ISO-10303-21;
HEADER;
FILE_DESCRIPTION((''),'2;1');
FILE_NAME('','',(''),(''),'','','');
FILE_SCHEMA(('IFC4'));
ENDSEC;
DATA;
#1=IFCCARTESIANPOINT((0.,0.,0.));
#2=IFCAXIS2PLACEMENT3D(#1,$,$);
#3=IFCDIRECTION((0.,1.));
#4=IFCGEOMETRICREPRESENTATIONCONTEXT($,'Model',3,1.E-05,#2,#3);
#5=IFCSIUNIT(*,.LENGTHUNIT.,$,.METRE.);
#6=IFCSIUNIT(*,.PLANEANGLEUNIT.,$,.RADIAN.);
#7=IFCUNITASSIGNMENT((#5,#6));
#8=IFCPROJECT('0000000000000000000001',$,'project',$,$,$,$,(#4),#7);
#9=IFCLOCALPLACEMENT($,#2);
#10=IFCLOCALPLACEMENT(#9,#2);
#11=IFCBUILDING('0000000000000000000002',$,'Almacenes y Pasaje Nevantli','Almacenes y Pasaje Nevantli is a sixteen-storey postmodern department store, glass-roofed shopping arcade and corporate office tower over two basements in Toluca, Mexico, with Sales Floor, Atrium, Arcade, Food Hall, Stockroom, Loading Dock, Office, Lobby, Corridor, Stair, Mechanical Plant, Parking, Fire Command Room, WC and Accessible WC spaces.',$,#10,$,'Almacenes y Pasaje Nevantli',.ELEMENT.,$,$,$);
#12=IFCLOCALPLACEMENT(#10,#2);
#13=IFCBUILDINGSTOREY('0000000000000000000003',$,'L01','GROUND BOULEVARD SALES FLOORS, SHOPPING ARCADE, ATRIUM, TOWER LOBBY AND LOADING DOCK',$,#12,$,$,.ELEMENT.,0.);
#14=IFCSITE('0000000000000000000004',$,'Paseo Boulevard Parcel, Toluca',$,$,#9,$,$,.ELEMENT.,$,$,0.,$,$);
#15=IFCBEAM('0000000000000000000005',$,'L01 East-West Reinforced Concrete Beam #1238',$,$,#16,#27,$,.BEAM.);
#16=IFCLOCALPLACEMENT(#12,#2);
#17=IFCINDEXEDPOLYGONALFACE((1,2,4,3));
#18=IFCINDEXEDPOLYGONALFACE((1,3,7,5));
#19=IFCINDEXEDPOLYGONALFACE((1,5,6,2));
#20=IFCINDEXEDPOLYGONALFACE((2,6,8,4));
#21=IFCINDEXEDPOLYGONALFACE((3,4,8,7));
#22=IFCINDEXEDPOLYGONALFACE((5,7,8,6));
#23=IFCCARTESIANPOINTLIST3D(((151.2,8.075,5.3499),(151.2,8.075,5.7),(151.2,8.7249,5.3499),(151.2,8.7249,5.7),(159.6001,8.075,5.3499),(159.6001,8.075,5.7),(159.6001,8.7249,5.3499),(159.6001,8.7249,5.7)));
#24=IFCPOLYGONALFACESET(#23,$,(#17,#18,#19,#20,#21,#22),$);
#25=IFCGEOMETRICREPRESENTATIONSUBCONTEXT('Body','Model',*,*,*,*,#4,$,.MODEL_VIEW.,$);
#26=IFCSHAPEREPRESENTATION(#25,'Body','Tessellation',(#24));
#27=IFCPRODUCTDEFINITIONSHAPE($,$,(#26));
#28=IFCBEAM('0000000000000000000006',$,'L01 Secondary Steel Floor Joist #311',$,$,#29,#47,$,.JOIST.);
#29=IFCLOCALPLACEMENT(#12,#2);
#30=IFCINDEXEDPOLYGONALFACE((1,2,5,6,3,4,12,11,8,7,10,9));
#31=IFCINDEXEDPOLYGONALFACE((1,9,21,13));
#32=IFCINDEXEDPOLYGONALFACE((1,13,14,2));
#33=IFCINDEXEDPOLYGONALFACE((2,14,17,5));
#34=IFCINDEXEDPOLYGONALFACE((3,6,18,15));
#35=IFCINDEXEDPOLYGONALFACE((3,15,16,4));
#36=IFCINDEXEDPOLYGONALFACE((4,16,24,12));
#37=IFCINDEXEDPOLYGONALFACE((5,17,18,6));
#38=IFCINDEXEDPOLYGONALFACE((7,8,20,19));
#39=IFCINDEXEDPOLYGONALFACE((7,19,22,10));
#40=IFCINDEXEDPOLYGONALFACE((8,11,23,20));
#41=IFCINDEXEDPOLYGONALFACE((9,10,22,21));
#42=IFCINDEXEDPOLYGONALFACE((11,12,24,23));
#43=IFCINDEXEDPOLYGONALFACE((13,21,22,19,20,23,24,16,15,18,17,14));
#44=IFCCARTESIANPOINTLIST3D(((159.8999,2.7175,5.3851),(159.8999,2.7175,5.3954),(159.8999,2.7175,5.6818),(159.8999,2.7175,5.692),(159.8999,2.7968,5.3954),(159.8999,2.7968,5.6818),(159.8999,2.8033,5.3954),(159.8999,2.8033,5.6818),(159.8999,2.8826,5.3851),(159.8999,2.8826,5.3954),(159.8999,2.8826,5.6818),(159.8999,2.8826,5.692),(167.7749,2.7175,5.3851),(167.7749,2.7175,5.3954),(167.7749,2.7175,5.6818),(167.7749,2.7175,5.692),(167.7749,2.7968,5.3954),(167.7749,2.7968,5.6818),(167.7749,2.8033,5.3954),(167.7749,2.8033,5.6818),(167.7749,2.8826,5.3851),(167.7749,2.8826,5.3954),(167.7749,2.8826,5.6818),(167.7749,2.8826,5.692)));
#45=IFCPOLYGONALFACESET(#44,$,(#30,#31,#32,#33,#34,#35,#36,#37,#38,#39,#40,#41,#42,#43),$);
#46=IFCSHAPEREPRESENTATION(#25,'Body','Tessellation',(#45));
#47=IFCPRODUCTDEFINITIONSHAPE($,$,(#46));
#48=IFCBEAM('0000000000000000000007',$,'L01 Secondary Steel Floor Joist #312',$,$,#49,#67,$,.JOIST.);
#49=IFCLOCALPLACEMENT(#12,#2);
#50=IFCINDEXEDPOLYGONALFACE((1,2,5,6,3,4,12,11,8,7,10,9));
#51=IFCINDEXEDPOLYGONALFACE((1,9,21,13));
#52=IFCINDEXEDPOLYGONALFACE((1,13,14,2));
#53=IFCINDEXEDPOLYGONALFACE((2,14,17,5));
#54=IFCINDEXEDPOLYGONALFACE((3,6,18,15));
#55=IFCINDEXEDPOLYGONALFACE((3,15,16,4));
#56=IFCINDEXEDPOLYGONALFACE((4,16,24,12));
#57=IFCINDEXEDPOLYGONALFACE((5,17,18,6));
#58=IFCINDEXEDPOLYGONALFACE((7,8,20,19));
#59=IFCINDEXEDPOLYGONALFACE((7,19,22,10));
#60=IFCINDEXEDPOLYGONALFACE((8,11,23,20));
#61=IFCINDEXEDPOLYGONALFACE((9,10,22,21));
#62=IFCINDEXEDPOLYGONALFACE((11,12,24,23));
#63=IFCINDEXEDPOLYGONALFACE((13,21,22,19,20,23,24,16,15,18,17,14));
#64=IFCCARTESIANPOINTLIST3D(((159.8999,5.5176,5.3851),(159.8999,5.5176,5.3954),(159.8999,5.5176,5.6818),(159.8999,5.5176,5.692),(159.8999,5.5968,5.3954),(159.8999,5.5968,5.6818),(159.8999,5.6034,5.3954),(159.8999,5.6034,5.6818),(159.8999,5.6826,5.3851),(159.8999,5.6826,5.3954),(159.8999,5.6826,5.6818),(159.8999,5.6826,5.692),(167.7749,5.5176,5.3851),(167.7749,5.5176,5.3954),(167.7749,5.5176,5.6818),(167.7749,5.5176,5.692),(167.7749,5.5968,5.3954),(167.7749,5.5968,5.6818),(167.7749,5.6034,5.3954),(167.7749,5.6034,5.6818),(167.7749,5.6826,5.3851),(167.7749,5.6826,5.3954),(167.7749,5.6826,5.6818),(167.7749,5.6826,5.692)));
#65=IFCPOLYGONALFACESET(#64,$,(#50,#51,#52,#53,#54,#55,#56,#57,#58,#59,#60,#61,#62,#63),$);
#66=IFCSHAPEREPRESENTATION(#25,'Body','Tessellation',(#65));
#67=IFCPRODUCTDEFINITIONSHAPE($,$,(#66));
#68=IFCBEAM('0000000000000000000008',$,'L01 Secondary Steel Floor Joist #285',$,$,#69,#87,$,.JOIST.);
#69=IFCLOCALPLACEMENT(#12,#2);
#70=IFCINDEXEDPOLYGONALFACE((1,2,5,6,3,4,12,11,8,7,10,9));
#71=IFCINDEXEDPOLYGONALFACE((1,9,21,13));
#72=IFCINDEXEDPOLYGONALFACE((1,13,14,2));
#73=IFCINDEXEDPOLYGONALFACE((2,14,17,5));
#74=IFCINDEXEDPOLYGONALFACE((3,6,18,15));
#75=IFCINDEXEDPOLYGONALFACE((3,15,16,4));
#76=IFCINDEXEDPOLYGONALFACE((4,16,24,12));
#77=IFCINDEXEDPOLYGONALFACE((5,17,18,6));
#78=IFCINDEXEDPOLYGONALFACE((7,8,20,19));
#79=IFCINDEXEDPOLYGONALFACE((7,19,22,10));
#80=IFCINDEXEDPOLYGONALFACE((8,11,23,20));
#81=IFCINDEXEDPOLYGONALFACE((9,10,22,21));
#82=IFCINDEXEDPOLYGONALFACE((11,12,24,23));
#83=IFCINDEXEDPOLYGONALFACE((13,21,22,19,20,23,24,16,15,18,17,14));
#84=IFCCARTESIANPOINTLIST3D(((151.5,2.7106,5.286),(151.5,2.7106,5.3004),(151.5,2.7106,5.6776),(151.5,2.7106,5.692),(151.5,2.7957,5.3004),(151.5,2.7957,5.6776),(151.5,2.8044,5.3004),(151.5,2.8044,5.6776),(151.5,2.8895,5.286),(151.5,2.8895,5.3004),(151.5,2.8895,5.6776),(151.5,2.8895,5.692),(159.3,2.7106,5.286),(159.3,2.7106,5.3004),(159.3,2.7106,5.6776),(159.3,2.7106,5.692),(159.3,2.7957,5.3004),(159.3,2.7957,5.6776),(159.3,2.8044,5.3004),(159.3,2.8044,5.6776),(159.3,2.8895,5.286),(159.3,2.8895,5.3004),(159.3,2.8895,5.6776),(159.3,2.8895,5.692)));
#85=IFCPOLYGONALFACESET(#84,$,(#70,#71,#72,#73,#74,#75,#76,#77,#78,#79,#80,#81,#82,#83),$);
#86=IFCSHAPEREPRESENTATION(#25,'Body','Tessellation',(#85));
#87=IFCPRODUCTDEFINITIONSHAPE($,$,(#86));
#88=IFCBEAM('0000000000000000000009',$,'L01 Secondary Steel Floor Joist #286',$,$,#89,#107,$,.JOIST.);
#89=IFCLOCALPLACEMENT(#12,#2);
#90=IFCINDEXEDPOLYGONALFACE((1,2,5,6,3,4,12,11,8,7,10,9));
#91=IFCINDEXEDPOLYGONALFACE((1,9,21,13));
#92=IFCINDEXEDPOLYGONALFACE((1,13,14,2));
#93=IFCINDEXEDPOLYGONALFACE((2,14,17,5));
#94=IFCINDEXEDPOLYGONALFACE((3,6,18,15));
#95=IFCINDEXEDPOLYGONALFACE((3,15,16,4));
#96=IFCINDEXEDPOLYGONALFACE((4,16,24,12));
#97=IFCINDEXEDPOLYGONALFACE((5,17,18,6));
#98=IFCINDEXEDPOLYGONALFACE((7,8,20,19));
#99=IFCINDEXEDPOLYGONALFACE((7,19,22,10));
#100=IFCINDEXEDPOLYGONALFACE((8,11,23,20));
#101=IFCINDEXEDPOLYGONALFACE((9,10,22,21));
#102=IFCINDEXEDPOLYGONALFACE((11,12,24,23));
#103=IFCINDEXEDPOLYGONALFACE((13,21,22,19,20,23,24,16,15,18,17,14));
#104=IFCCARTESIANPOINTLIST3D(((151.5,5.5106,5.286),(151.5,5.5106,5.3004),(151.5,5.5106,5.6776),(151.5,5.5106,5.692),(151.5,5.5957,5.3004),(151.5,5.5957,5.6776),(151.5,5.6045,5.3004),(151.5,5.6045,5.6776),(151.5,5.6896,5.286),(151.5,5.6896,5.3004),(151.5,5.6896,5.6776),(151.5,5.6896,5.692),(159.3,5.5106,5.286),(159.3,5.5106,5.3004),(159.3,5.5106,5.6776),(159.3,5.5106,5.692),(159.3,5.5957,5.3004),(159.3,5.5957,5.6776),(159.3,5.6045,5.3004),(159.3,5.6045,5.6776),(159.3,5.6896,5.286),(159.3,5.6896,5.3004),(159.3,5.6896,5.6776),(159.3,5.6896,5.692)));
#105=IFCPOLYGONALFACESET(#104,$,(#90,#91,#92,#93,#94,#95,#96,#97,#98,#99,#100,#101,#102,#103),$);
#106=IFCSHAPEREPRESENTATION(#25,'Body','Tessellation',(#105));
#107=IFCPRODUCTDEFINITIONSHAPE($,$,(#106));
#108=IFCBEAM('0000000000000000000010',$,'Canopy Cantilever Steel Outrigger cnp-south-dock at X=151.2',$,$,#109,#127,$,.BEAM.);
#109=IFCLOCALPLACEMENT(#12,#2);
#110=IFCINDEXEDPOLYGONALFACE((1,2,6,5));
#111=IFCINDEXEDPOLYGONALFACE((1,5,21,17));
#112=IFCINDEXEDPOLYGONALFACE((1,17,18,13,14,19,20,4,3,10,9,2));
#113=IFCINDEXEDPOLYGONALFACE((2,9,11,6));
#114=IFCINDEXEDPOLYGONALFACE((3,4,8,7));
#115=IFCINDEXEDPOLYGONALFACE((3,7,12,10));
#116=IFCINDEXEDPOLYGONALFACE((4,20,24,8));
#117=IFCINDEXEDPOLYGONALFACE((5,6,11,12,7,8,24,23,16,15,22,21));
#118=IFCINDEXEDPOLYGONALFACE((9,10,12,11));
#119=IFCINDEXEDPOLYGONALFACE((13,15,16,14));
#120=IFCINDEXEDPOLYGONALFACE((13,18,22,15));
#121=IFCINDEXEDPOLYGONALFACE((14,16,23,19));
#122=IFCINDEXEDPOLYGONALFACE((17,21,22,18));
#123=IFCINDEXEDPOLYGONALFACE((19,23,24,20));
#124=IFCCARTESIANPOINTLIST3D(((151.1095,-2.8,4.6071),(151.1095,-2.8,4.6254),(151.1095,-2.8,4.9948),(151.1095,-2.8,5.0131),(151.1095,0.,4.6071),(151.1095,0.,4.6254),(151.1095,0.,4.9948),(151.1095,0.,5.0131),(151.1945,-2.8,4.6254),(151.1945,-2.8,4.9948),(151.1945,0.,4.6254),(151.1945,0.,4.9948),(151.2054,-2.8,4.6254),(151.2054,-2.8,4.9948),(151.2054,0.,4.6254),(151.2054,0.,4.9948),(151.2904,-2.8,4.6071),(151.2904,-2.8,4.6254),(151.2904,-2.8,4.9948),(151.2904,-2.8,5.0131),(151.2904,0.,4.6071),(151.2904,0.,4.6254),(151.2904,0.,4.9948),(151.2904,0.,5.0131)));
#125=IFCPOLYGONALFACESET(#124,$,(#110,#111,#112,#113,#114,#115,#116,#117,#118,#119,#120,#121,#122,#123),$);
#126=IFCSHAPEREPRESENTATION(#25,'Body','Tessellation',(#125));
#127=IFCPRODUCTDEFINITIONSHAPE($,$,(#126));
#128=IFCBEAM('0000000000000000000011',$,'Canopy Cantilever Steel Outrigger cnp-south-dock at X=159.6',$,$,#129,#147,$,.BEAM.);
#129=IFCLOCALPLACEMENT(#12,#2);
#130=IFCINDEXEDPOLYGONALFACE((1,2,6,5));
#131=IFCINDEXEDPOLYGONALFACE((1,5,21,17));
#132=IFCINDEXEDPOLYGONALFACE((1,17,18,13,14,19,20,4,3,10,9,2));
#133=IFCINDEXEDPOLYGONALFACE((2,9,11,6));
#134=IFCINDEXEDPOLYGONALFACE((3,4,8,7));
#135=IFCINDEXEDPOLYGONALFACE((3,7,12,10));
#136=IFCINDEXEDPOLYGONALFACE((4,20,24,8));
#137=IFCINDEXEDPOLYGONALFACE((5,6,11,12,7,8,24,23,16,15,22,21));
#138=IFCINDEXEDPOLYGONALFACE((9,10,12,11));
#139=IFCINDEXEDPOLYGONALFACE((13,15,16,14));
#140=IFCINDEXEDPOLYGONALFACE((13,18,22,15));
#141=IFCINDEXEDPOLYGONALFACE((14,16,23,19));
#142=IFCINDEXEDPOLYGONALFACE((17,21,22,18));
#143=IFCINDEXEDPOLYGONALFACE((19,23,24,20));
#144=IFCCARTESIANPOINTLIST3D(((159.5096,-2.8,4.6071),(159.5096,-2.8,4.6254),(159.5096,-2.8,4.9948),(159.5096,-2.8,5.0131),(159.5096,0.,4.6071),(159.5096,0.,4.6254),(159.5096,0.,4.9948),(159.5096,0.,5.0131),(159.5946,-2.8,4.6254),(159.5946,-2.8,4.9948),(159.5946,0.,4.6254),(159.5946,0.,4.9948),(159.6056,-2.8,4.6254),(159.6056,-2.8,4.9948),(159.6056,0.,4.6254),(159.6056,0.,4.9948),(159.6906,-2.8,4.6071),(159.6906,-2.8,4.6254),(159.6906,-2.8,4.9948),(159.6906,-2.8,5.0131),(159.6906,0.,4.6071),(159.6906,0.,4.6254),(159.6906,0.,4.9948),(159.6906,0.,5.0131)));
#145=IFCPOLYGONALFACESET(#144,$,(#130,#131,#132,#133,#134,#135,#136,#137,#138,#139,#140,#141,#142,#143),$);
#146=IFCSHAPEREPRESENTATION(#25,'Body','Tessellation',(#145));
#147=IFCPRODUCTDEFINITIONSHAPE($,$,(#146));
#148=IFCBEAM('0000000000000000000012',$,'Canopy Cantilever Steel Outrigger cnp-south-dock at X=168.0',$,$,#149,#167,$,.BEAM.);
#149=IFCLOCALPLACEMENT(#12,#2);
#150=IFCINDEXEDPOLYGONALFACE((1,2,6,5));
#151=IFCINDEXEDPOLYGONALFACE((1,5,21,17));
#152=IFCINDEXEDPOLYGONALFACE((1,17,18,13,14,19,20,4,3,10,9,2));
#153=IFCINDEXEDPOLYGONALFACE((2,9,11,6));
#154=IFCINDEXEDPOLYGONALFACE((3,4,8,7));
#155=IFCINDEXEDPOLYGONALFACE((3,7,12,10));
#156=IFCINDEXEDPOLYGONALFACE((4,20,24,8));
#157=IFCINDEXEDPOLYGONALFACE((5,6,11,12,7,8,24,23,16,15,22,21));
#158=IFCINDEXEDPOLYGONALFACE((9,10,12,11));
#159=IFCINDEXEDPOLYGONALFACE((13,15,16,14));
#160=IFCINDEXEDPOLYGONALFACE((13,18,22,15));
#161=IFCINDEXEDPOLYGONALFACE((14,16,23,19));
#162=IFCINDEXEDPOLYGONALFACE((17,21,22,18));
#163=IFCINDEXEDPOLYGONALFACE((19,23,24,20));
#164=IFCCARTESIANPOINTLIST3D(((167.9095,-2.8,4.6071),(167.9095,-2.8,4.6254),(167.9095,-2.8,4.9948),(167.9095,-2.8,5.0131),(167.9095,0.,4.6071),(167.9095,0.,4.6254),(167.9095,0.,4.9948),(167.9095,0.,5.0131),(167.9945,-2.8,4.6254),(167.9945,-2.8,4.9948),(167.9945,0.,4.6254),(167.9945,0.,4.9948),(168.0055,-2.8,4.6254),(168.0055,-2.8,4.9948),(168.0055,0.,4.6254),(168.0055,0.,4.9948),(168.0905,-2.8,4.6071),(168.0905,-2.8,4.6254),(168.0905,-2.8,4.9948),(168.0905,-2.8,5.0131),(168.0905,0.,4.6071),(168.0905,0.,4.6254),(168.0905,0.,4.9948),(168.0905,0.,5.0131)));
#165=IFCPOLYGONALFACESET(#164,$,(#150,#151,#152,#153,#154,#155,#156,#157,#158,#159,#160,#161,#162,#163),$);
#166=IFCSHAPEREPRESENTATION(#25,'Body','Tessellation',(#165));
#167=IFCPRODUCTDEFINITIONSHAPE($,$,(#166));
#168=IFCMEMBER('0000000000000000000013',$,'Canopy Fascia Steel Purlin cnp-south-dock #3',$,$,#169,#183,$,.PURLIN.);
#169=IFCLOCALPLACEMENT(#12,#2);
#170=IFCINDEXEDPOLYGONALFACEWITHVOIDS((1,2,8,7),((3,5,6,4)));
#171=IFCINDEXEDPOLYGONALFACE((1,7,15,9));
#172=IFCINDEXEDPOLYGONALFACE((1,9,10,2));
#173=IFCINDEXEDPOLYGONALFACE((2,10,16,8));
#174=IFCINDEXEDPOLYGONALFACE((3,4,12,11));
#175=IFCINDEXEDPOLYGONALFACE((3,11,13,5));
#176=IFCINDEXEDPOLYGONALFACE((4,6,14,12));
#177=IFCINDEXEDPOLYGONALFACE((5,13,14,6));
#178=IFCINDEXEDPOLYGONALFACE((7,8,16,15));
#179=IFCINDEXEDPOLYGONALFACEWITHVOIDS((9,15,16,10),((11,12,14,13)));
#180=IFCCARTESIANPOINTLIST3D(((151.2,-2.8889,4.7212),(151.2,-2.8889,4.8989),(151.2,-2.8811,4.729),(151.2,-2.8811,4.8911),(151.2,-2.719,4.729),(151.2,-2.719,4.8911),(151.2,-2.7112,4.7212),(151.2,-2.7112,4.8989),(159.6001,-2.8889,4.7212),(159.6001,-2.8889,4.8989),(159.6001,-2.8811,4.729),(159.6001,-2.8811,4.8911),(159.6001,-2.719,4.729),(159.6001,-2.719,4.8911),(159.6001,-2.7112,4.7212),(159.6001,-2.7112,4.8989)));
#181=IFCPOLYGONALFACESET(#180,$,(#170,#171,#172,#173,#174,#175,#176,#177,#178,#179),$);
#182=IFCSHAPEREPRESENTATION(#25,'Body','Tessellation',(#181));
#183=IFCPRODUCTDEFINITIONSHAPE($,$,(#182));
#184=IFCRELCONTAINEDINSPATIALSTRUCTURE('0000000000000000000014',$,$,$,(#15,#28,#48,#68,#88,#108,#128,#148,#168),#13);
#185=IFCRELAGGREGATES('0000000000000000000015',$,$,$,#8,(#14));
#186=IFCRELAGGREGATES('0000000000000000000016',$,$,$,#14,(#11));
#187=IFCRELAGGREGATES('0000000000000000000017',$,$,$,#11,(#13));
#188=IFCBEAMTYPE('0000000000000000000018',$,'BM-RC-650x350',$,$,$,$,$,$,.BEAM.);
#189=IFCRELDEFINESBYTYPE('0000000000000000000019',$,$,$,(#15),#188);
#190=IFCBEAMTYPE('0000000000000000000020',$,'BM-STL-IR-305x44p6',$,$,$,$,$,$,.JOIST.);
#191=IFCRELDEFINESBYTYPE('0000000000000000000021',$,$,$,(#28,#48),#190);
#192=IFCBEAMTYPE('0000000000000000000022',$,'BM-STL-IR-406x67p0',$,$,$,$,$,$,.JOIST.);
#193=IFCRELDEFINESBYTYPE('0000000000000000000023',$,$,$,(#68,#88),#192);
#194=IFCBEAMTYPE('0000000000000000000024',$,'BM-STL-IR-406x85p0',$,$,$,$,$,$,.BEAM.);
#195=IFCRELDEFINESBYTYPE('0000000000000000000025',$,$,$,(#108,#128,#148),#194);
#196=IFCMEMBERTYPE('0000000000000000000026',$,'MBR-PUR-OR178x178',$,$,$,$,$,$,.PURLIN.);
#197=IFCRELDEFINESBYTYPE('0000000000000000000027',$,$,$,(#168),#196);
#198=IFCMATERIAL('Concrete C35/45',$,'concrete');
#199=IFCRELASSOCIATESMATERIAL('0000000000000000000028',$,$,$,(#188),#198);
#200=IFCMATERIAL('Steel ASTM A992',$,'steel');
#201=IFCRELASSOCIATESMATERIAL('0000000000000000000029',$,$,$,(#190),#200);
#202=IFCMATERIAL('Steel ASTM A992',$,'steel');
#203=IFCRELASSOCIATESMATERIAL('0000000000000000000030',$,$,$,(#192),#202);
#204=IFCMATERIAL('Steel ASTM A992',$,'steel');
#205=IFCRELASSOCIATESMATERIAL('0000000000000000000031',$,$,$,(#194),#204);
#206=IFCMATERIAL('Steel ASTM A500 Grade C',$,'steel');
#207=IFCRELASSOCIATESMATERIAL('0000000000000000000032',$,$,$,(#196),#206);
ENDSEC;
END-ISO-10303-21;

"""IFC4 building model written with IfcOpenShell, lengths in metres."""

from ifc_helpers import new_model, si_unit, direction, frame, origin, origin_2d, place, context, subcontext, project, spatial, rectangle, hollow_rectangle, i_section, extrude, material, material_profile, profile_set, type_object, element, save


model = new_model("IFC4")

# Units and contexts
model_context = context("Model", 3, precision=1e-05, world=origin(), true_north=direction((0.0, 1.0)))
body_context = subcontext(model_context, "Body", "Model", "MODEL_VIEW")
ifc_project = project(units=[si_unit("LENGTHUNIT", "METRE"), si_unit("PLANEANGLEUNIT", "RADIAN")], contexts=[model_context])

# Site, building, storey
site_placement = place(None, origin())
site = spatial("IfcSite", under=ifc_project, at=site_placement, Name="Paseo Boulevard Parcel, Toluca", CompositionType="ELEMENT", RefElevation=0.0)
building_placement = place(site_placement, origin())
building = spatial("IfcBuilding", under=site, at=building_placement, Name="Almacenes y Pasaje Nevantli", Description="Almacenes y Pasaje Nevantli is a sixteen-storey postmodern department store, glass-roofed shopping arcade and corporate office tower over two basements in Toluca, Mexico, with Sales Floor, Atrium, Arcade, Food Hall, Stockroom, Loading Dock, Office, Lobby, Corridor, Stair, Mechanical Plant, Parking, Fire Command Room, WC and Accessible WC spaces.", LongName="Almacenes y Pasaje Nevantli", CompositionType="ELEMENT")
storey_placement = place(building_placement, origin())
storey = spatial("IfcBuildingStorey", under=building, at=storey_placement, Name="L01", Description="GROUND BOULEVARD SALES FLOORS, SHOPPING ARCADE, ATRIUM, TOWER LOBBY AND LOADING DOCK", CompositionType="ELEMENT", Elevation=0.0)

# Beams
ifc_material_1 = material(Name="Concrete C35/45", Category="concrete")
ifc_material_profile_1 = material_profile(ifc_material_1, rectangle(XDim=0.6499, YDim=0.3501, at=origin_2d()), Name="RC-BM-650x350")
ifc_profile_set_1 = profile_set([ifc_material_profile_1], Name="Concrete C35/45")
beam_type_1 = type_object("IfcBeamType", Name="BM-RC-650x350", PredefinedType="BEAM", material=ifc_profile_set_1)
beam_1_placement = place(storey_placement, frame((151.2, 8.3999, 5.5249), z_axis=(1.0, 0.0, 0.0), x_axis=(0.0, 1.0, 0.0)))
element("IfcBeam", 1, at=beam_1_placement, inside=storey, type_object=beam_type_1, Name="L01 East-West Reinforced Concrete Beam #1238", PredefinedType="BEAM", context=body_context, shape_type="SweptSolid", body=[
    extrude(rectangle(XDim=0.6499, YDim=0.3501, at=origin_2d()), origin(), (0.0, 0.0, 1.0), 8.4001),
])
ifc_material_2 = material(Name="Steel ASTM A992", Category="steel")
ifc_material_profile_2 = material_profile(ifc_material_2, i_section(OverallWidth=0.165, OverallDepth=0.3069, WebThickness=0.0066, FlangeThickness=0.0103, at=origin_2d()), Name="IR 305x44.6")
ifc_profile_set_2 = profile_set([ifc_material_profile_2], Name="Steel ASTM A992")
beam_type_2 = type_object("IfcBeamType", Name="BM-STL-IR-305x44p6", PredefinedType="JOIST", material=ifc_profile_set_2)
for number, where, z_axis, x_axis, name in (
    (2, (159.8999, 2.8, 5.5386), (1.0, 0.0, 0.0), (0.0, 1.0, 0.0), "L01 Secondary Steel Floor Joist #311"),
    (3, (159.8999, 5.6001, 5.5386), (1.0, 0.0, 0.0), (0.0, 1.0, 0.0), "L01 Secondary Steel Floor Joist #312"),
):
    element("IfcBeam", number, at=place(storey_placement, frame(where, z_axis=z_axis, x_axis=x_axis)), inside=storey, type_object=beam_type_2, Name=name, PredefinedType="JOIST", context=body_context, shape_type="SweptSolid", body=[
        extrude(i_section(OverallWidth=0.165, OverallDepth=0.3069, WebThickness=0.0066, FlangeThickness=0.0103, at=origin_2d()), origin(), (0.0, 0.0, 1.0), 7.875),
    ])
ifc_material_3 = material(Name="Steel ASTM A992", Category="steel")
ifc_material_profile_3 = material_profile(ifc_material_3, i_section(OverallWidth=0.179, OverallDepth=0.406, WebThickness=0.0088, FlangeThickness=0.0144, at=origin_2d()), Name="IR 406x67.0")
ifc_profile_set_3 = profile_set([ifc_material_profile_3], Name="Steel ASTM A992")
beam_type_3 = type_object("IfcBeamType", Name="BM-STL-IR-406x67p0", PredefinedType="JOIST", material=ifc_profile_set_3)
for number, where, z_axis, x_axis, name in (
    (4, (151.5, 2.8, 5.489), (1.0, 0.0, 0.0), (0.0, 1.0, 0.0), "L01 Secondary Steel Floor Joist #285"),
    (5, (151.5, 5.6001, 5.489), (1.0, 0.0, 0.0), (0.0, 1.0, 0.0), "L01 Secondary Steel Floor Joist #286"),
):
    element("IfcBeam", number, at=place(storey_placement, frame(where, z_axis=z_axis, x_axis=x_axis)), inside=storey, type_object=beam_type_3, Name=name, PredefinedType="JOIST", context=body_context, shape_type="SweptSolid", body=[
        extrude(i_section(OverallWidth=0.179, OverallDepth=0.406, WebThickness=0.0088, FlangeThickness=0.0144, at=origin_2d()), origin(), (0.0, 0.0, 1.0), 7.8),
    ])
ifc_material_4 = material(Name="Steel ASTM A992", Category="steel")
ifc_material_profile_4 = material_profile(ifc_material_4, i_section(OverallWidth=0.1809, OverallDepth=0.406, WebThickness=0.011, FlangeThickness=0.0183, at=origin_2d()), Name="IR 406x85.0")
ifc_profile_set_4 = profile_set([ifc_material_profile_4], Name="Steel ASTM A992")
beam_type_4 = type_object("IfcBeamType", Name="BM-STL-IR-406x85p0", PredefinedType="BEAM", material=ifc_profile_set_4)
for number, where, z_axis, x_axis, name in (
    (6, (151.2, 0.0, 4.8101), (0.0, -1.0, 0.0), (1.0, 0.0, 0.0), "Canopy Cantilever Steel Outrigger cnp-south-dock at X=151.2"),
    (7, (159.6001, 0.0, 4.8101), (0.0, -1.0, 0.0), (1.0, 0.0, 0.0), "Canopy Cantilever Steel Outrigger cnp-south-dock at X=159.6"),
    (8, (168.0, 0.0, 4.8101), (0.0, -1.0, 0.0), (1.0, 0.0, 0.0), "Canopy Cantilever Steel Outrigger cnp-south-dock at X=168.0"),
):
    element("IfcBeam", number, at=place(storey_placement, frame(where, z_axis=z_axis, x_axis=x_axis)), inside=storey, type_object=beam_type_4, Name=name, PredefinedType="BEAM", context=body_context, shape_type="SweptSolid", body=[
        extrude(i_section(OverallWidth=0.1809, OverallDepth=0.406, WebThickness=0.011, FlangeThickness=0.0183, at=origin_2d()), origin(), (0.0, 0.0, 1.0), 2.8),
    ])

# Member
ifc_material_5 = material(Name="Steel ASTM A500 Grade C", Category="steel")
ifc_material_profile_5 = material_profile(ifc_material_5, hollow_rectangle(XDim=0.1777, YDim=0.1777, WallThickness=0.0078, at=origin_2d()), Name="OR 178x178x7.9")
ifc_profile_set_5 = profile_set([ifc_material_profile_5], Name="Steel ASTM A500 Grade C")
member_type = type_object("IfcMemberType", Name="MBR-PUR-OR178x178", PredefinedType="PURLIN", material=ifc_profile_set_5)
member_1_placement = place(storey_placement, frame((151.2, -2.8, 4.8101), z_axis=(1.0, 0.0, 0.0), x_axis=(0.0, 1.0, 0.0)))
element("IfcMember", 9, at=member_1_placement, inside=storey, type_object=member_type, Name="Canopy Fascia Steel Purlin cnp-south-dock #3", PredefinedType="PURLIN", context=body_context, shape_type="SweptSolid", body=[
    extrude(hollow_rectangle(XDim=0.1777, YDim=0.1777, WallThickness=0.0078, at=origin_2d()), origin(), (0.0, 0.0, 1.0), 8.4001),
])

save(model, "model.ifc")
